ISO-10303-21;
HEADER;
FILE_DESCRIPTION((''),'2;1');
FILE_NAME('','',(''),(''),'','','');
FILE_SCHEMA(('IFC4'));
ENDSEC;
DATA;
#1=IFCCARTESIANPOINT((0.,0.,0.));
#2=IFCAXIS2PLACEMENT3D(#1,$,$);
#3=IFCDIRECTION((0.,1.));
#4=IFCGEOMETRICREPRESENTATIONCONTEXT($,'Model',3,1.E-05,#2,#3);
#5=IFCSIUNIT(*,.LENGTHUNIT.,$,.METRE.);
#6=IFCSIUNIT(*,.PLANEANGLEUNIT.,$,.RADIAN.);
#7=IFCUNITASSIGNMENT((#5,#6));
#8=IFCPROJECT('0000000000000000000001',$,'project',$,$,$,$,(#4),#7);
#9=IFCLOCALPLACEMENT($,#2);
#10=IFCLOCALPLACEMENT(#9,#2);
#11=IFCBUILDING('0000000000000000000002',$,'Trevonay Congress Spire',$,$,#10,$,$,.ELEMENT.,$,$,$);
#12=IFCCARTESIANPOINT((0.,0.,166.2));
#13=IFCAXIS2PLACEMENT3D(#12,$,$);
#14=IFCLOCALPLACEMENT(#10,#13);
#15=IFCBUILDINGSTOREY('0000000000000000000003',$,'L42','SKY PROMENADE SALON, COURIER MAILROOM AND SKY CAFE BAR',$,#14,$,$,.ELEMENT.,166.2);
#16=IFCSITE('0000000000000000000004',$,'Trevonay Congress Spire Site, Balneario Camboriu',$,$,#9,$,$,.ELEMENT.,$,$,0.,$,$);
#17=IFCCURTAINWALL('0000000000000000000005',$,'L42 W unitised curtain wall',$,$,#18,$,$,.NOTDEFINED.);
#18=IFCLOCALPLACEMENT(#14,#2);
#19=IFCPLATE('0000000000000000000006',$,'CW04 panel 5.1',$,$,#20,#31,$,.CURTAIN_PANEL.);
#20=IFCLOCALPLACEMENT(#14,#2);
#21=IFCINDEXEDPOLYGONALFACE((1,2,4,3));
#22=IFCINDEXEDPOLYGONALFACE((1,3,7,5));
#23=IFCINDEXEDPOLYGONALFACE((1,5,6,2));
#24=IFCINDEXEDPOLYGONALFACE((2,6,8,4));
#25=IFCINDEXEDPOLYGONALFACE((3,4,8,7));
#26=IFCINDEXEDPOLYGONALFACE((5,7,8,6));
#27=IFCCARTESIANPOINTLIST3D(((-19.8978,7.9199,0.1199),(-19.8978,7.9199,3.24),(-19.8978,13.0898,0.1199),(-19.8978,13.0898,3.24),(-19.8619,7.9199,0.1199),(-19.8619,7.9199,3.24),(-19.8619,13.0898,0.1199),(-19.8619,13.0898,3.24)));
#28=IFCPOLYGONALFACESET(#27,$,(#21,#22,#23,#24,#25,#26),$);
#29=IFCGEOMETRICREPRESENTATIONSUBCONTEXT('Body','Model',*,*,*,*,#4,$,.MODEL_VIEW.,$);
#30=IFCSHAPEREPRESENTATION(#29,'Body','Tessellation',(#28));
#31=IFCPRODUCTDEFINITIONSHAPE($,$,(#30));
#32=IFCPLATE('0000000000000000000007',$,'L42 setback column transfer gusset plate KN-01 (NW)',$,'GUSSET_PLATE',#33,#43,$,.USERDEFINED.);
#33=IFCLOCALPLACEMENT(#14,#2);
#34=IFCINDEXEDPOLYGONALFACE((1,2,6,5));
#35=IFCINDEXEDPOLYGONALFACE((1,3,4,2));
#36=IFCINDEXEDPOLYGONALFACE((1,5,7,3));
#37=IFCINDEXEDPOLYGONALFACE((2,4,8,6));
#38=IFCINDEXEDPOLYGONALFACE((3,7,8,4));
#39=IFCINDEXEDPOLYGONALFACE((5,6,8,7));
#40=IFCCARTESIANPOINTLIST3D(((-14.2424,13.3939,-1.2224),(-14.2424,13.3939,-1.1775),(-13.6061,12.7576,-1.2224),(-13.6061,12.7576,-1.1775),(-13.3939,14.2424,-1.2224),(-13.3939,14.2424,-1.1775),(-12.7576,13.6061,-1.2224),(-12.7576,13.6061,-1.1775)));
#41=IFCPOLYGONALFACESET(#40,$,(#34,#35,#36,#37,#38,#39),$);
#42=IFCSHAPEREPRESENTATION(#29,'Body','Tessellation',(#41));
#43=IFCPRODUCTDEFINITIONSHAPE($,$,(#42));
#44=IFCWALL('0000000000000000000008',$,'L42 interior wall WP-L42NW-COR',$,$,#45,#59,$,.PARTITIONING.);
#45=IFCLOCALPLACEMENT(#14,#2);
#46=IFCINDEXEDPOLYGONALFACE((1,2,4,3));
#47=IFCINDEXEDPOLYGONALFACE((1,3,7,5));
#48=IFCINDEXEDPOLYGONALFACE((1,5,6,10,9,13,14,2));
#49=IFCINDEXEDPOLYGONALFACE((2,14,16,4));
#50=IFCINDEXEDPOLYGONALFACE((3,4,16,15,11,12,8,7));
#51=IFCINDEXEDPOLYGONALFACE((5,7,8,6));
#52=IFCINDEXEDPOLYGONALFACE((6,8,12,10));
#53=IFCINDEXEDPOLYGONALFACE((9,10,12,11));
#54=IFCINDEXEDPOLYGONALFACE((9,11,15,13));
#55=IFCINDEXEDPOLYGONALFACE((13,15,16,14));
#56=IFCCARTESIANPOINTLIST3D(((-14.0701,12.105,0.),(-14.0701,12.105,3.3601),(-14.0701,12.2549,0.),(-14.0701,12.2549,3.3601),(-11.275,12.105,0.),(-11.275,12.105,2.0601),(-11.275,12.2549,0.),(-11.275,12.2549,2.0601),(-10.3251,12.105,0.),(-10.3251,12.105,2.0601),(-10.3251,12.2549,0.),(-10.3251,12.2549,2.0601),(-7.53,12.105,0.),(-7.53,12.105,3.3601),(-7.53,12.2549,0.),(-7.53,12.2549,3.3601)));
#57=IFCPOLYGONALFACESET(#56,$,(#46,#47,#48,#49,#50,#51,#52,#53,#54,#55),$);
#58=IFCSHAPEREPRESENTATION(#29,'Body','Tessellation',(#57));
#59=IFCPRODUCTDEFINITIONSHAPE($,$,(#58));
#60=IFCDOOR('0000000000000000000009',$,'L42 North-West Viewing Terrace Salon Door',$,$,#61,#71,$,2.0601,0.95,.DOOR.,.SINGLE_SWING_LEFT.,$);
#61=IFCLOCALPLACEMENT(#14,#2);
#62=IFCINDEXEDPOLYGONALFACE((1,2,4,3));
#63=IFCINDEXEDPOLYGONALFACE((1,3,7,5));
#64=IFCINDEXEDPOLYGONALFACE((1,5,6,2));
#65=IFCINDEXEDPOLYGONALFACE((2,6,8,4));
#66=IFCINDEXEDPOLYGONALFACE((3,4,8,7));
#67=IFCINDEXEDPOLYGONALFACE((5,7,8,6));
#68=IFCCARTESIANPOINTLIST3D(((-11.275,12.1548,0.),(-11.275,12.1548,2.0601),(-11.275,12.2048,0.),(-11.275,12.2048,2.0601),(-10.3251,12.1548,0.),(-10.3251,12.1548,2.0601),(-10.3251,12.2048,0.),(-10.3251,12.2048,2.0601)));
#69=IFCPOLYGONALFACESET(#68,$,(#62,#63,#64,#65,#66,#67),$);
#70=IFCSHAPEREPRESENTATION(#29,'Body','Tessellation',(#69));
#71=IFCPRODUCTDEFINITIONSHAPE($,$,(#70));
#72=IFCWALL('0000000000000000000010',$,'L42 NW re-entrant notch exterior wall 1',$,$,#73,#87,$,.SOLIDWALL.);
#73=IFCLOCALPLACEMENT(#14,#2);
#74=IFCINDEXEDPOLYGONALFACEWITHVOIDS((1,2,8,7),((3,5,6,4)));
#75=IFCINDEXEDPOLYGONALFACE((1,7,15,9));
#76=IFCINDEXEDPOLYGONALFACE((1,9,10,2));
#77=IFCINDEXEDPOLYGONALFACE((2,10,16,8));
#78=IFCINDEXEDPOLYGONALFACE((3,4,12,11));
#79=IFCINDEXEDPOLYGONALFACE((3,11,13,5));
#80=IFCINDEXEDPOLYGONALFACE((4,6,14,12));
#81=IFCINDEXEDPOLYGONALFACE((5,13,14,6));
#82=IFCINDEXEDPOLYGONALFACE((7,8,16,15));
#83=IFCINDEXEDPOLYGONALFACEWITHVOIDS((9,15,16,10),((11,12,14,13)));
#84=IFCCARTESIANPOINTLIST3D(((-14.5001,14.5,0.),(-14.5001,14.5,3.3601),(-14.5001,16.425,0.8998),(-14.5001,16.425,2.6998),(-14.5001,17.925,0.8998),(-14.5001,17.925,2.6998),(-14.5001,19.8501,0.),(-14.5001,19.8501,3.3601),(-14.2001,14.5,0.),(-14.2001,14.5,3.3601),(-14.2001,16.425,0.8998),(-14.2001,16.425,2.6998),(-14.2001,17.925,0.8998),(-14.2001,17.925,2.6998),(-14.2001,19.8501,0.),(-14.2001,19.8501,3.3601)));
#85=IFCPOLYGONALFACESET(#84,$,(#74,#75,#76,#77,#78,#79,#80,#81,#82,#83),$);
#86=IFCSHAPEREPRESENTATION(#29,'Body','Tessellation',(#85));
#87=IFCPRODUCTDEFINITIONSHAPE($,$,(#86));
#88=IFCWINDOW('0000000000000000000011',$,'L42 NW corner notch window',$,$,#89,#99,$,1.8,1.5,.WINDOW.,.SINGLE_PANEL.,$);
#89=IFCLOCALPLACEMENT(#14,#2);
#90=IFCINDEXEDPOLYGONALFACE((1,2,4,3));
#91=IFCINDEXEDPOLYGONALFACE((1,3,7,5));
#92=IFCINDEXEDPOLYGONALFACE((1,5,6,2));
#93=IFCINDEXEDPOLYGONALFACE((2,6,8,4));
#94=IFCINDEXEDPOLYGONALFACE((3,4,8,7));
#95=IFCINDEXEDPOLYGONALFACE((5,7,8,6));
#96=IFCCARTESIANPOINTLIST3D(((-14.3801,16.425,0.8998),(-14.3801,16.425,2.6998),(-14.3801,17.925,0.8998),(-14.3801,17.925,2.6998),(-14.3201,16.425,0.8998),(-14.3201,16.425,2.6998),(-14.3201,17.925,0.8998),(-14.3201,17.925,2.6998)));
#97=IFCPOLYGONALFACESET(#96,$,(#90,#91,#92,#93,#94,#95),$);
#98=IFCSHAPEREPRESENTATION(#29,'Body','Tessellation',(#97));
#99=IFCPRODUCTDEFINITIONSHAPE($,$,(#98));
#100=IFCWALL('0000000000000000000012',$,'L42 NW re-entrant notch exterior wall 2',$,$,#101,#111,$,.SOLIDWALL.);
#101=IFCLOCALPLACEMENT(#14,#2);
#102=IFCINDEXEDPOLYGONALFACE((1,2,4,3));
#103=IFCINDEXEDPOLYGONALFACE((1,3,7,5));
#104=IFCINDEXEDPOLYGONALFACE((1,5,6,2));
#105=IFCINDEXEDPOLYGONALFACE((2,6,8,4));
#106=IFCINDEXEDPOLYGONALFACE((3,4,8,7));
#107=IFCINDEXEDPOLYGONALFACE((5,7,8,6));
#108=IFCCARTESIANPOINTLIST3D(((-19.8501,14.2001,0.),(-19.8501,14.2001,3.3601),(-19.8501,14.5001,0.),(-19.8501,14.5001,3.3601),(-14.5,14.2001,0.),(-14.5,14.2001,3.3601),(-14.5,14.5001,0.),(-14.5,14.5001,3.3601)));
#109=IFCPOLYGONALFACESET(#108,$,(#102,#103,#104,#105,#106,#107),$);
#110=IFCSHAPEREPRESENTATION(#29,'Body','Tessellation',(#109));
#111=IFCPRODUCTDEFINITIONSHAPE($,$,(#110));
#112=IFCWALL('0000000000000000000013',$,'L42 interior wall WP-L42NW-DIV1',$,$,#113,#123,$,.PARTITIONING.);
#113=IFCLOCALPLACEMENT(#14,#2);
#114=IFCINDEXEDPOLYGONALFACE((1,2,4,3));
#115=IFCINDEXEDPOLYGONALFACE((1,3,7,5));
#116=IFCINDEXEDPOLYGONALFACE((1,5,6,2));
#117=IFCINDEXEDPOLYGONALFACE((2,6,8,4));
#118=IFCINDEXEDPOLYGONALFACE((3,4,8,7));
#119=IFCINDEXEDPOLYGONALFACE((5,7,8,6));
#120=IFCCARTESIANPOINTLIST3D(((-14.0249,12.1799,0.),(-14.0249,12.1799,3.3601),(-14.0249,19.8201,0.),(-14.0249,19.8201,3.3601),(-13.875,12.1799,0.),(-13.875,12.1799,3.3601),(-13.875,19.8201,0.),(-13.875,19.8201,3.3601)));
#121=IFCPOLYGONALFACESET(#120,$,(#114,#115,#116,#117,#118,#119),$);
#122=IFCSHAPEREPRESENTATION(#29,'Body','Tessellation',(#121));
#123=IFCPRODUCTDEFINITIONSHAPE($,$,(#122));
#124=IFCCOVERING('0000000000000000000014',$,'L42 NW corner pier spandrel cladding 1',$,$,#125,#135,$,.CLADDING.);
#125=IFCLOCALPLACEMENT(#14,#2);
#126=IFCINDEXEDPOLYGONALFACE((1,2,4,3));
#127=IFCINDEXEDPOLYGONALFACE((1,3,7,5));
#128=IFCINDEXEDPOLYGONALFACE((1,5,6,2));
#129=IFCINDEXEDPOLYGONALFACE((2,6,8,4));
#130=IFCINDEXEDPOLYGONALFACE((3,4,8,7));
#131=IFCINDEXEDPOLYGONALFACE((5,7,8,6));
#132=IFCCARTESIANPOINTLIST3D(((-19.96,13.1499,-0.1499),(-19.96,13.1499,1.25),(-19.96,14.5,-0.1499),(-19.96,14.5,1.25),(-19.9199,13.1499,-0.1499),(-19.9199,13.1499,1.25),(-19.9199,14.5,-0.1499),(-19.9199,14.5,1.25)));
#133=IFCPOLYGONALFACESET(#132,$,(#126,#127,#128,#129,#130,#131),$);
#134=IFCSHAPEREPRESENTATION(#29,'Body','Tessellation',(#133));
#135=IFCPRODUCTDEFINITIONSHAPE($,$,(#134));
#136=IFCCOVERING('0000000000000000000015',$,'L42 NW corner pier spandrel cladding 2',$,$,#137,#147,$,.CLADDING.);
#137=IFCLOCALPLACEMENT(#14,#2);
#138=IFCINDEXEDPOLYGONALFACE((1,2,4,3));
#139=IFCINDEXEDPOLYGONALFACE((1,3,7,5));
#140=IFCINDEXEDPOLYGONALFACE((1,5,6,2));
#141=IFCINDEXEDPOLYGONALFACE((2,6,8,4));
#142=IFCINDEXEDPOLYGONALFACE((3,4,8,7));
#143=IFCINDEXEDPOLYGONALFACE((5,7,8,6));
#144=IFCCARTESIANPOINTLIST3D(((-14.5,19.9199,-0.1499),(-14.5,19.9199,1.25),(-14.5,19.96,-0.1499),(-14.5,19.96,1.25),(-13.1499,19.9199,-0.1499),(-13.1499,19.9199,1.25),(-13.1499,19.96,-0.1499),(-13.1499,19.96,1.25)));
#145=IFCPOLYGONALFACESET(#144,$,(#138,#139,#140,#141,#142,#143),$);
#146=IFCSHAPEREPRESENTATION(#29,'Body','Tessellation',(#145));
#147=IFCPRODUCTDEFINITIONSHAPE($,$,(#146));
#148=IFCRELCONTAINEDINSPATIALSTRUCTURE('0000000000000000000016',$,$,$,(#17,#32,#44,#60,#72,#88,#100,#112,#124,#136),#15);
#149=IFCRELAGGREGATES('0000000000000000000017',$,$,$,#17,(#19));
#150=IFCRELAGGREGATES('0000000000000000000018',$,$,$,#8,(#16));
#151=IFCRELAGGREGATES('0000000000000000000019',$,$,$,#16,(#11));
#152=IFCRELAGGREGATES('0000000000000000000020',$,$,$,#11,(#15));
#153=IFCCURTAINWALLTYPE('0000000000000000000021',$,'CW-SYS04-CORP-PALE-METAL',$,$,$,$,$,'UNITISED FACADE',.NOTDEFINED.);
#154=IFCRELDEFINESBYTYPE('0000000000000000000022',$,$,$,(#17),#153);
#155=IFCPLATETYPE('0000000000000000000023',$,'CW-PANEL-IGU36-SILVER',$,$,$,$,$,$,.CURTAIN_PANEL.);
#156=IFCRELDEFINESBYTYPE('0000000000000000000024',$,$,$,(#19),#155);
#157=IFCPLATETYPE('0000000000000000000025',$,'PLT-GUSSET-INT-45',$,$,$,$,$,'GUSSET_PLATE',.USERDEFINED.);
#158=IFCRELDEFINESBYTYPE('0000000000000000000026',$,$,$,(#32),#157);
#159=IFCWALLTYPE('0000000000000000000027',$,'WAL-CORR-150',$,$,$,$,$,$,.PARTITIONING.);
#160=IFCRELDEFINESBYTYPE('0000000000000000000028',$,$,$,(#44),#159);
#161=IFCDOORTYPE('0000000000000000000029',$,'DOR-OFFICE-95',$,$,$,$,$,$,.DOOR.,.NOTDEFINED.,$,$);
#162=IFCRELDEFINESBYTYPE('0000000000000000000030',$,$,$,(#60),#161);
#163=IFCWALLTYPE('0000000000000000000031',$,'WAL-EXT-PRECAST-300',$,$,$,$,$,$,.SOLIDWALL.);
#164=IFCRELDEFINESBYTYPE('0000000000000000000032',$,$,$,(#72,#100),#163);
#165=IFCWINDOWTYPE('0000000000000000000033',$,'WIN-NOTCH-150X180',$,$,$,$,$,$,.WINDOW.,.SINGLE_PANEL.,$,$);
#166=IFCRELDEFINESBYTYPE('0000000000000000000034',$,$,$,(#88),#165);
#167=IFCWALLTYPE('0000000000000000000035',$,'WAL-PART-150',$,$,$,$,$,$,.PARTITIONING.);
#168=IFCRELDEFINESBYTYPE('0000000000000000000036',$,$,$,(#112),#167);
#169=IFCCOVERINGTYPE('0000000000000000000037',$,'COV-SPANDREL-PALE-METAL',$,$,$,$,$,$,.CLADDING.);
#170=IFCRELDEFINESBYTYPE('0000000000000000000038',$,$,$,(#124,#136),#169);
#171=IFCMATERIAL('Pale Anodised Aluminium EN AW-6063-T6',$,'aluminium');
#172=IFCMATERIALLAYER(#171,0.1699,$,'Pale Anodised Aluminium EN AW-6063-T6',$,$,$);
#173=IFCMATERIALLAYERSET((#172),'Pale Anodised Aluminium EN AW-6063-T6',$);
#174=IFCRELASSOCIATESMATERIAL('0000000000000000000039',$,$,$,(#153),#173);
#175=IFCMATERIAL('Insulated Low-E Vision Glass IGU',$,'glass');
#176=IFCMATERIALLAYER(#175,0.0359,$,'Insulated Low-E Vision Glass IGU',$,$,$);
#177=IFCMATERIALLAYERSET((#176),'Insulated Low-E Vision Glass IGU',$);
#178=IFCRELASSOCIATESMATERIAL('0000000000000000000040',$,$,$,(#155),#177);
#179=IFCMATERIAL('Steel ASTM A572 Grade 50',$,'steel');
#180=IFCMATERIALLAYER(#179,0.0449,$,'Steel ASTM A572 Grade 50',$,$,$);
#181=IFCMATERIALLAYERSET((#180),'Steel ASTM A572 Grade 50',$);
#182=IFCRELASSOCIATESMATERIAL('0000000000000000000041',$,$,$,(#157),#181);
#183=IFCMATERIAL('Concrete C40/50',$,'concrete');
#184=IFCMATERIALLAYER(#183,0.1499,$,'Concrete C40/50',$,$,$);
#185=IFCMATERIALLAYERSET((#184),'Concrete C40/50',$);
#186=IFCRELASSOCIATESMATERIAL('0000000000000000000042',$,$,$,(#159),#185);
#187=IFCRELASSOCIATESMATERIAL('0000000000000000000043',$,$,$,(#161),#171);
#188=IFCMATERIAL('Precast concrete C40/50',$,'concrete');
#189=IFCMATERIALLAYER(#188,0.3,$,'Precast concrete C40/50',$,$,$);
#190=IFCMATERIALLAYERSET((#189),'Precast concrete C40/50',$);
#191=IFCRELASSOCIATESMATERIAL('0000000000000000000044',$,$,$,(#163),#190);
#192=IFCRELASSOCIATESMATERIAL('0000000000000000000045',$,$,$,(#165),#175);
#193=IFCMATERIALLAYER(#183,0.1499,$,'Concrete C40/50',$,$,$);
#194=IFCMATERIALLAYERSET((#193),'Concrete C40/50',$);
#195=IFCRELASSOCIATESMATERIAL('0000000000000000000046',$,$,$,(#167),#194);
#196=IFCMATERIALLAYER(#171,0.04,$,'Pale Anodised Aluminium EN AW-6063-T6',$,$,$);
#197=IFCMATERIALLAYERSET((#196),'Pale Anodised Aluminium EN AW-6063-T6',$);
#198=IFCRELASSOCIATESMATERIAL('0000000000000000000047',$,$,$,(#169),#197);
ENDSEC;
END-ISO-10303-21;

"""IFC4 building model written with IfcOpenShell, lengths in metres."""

from ifc_helpers import new_model, si_unit, direction, frame, frame_2d, origin, origin_2d, place, context, subcontext, project, spatial, rectangle, extrude, material, layer, layer_set, type_object, element, fill, aggregate, save


model = new_model("IFC4")

# Units and contexts
model_context = context("Model", 3, precision=1e-05, world=origin(), true_north=direction((0.0, 1.0)))
body_context = subcontext(model_context, "Body", "Model", "MODEL_VIEW")
ifc_project = project(units=[si_unit("LENGTHUNIT", "METRE"), si_unit("PLANEANGLEUNIT", "RADIAN")], contexts=[model_context])

# Site, building, storey
site_placement = place(None, origin())
site = spatial("IfcSite", under=ifc_project, at=site_placement, Name="Trevonay Congress Spire Site, Balneario Camboriu", CompositionType="ELEMENT", RefElevation=0.0)
building_placement = place(site_placement, origin())
building = spatial("IfcBuilding", under=site, at=building_placement, Name="Trevonay Congress Spire", CompositionType="ELEMENT")
storey_placement = place(building_placement, frame((0.0, 0.0, 166.2)))
storey = spatial("IfcBuildingStorey", under=building, at=storey_placement, Name="L42", Description="SKY PROMENADE SALON, COURIER MAILROOM AND SKY CAFE BAR", CompositionType="ELEMENT", Elevation=166.2)

# Shared definitions
ifc_material_1 = material(Name="Steel ASTM A572 Grade 50", Category="steel")

# Curtain wall, plate
ifc_material_2 = material(Name="Pale Anodised Aluminium EN AW-6063-T6", Category="aluminium")
ifc_layer_1 = layer(ifc_material_2, 0.1699, Name="Pale Anodised Aluminium EN AW-6063-T6")
ifc_layer_set_1 = layer_set([ifc_layer_1], Name="Pale Anodised Aluminium EN AW-6063-T6")
curtain_wall_type = type_object("IfcCurtainWallType", Name="CW-SYS04-CORP-PALE-METAL", ElementType="UNITISED FACADE", PredefinedType="NOTDEFINED", material=ifc_layer_set_1)
curtain_wall_placement = place(storey_placement, origin())
curtain_wall = element("IfcCurtainWall", 1, at=curtain_wall_placement, inside=storey, type_object=curtain_wall_type, Name="L42 W unitised curtain wall", PredefinedType="NOTDEFINED")
ifc_material_3 = material(Name="Insulated Low-E Vision Glass IGU", Category="glass")
ifc_layer_2 = layer(ifc_material_3, 0.0359, Name="Insulated Low-E Vision Glass IGU")
ifc_layer_set_2 = layer_set([ifc_layer_2], Name="Insulated Low-E Vision Glass IGU")
plate_type_1 = type_object("IfcPlateType", Name="CW-PANEL-IGU36-SILVER", PredefinedType="CURTAIN_PANEL", material=ifc_layer_set_2)
plate_1_placement = place(storey_placement, frame((-19.8799, 10.5049, 0.1199), z_axis=(0.0, 0.0, 1.0), x_axis=(0.0, 1.0, 0.0)))
plate_1 = element("IfcPlate", 2, at=plate_1_placement, type_object=plate_type_1, Name="CW04 panel 5.1", PredefinedType="CURTAIN_PANEL", context=body_context, shape_type="SweptSolid", body=[
    extrude(rectangle(XDim=5.1699, YDim=0.0359, at=origin_2d()), origin(), (0.0, 0.0, 1.0), 3.1201),
])
aggregate(curtain_wall, [plate_1])

# Plate
ifc_layer_3 = layer(ifc_material_1, 0.0449, Name="Steel ASTM A572 Grade 50")
ifc_layer_set_3 = layer_set([ifc_layer_3], Name="Steel ASTM A572 Grade 50")
plate_type_2 = type_object("IfcPlateType", Name="PLT-GUSSET-INT-45", ElementType="GUSSET_PLATE", PredefinedType="USERDEFINED", material=ifc_layer_set_3)
plate_2_placement = place(storey_placement, frame((-13.5, 13.5, -1.2224), z_axis=(0.0, 0.0, 1.0), x_axis=(0.707107, 0.707107, 0.0)))
element("IfcPlate", 3, at=plate_2_placement, inside=storey, type_object=plate_type_2, Name="L42 setback column transfer gusset plate KN-01 (NW)", ObjectType="GUSSET_PLATE", PredefinedType="USERDEFINED", context=body_context, shape_type="SweptSolid", body=[
    extrude(rectangle(XDim=1.2, YDim=0.8999, at=origin_2d()), origin(), (0.0, 0.0, 1.0), 0.0449),
])

# Wall, opening, door
ifc_material_4 = material(Name="Concrete C40/50", Category="concrete")
ifc_layer_4 = layer(ifc_material_4, 0.1499, Name="Concrete C40/50")
ifc_layer_set_4 = layer_set([ifc_layer_4], Name="Concrete C40/50")
wall_type_1 = type_object("IfcWallType", Name="WAL-CORR-150", PredefinedType="PARTITIONING", material=ifc_layer_set_4)
wall_1_placement = place(storey_placement, frame((-14.0701, 12.1799, 0.0), z_axis=(0.0, 0.0, 1.0), x_axis=(1.0, 0.0, 0.0)))
wall_1 = element("IfcWall", 4, at=wall_1_placement, inside=storey, type_object=wall_type_1, Name="L42 interior wall WP-L42NW-COR", PredefinedType="PARTITIONING", context=body_context, shape_type="SweptSolid", body=[
    extrude(rectangle(XDim=6.54, YDim=0.1499, at=frame_2d((3.27, 0.0))), origin(), (0.0, 0.0, 1.0), 3.3601),
])
opening_1_placement = place(wall_1_placement, frame((2.7949, 0.0, 0.0)))
opening_1 = element("IfcOpeningElement", 5, at=opening_1_placement, cuts=wall_1, PredefinedType="OPENING", context=body_context, shape_type="SweptSolid", body=[
    extrude(rectangle(XDim=0.95, YDim=2.0601, at=frame_2d((0.4751, 1.03))), frame((0.0, 0.085, 0.0), z_axis=(0.0, -1.0, 0.0), x_axis=(1.0, 0.0, 0.0)), (0.0, 0.0, 1.0), 0.1699),
])
door_type = type_object("IfcDoorType", Name="DOR-OFFICE-95", OperationType="NOTDEFINED", PredefinedType="DOOR", material=ifc_material_2)
door_placement = place(opening_1_placement, origin())
door = element("IfcDoor", 6, at=door_placement, inside=storey, type_object=door_type, Name="L42 North-West Viewing Terrace Salon Door", OperationType="SINGLE_SWING_LEFT", OverallHeight=2.0601, OverallWidth=0.95, PredefinedType="DOOR", context=body_context, shape_type="SweptSolid", body=[
    extrude(rectangle(XDim=0.95, YDim=2.0601, at=frame_2d((0.4751, 1.03))), frame((0.0, 0.0249, 0.0), z_axis=(0.0, -1.0, 0.0), x_axis=(1.0, 0.0, 0.0)), (0.0, 0.0, 1.0), 0.05),
])
fill(opening_1, door)

# Wall, opening, window
ifc_material_5 = material(Name="Precast concrete C40/50", Category="concrete")
ifc_layer_5 = layer(ifc_material_5, 0.3, Name="Precast concrete C40/50")
ifc_layer_set_5 = layer_set([ifc_layer_5], Name="Precast concrete C40/50")
wall_type_2 = type_object("IfcWallType", Name="WAL-EXT-PRECAST-300", PredefinedType="SOLIDWALL", material=ifc_layer_set_5)
wall_2_placement = place(storey_placement, frame((-14.3501, 19.8501, 0.0), z_axis=(0.0, 0.0, 1.0), x_axis=(0.0, -1.0, 0.0)))
wall_2 = element("IfcWall", 7, at=wall_2_placement, inside=storey, type_object=wall_type_2, Name="L42 NW re-entrant notch exterior wall 1", PredefinedType="SOLIDWALL", context=body_context, shape_type="SweptSolid", body=[
    extrude(rectangle(XDim=5.3501, YDim=0.3, at=frame_2d((2.675, 0.0))), origin(), (0.0, 0.0, 1.0), 3.3601),
])
opening_2_placement = place(wall_2_placement, frame((1.925, 0.0, 0.8999)))
opening_2 = element("IfcOpeningElement", 8, at=opening_2_placement, cuts=wall_2, PredefinedType="OPENING", context=body_context, shape_type="SweptSolid", body=[
    extrude(rectangle(XDim=1.5, YDim=1.8, at=frame_2d((0.75, 0.8999))), frame((0.0, 0.1602, 0.0), z_axis=(0.0, -1.0, 0.0), x_axis=(1.0, 0.0, 0.0)), (0.0, 0.0, 1.0), 0.3201),
])
window_type = type_object("IfcWindowType", Name="WIN-NOTCH-150X180", PartitioningType="SINGLE_PANEL", PredefinedType="WINDOW", material=ifc_material_3)
window_placement = place(opening_2_placement, origin())
window = element("IfcWindow", 9, at=window_placement, inside=storey, type_object=window_type, Name="L42 NW corner notch window", OverallHeight=1.8, OverallWidth=1.5, PartitioningType="SINGLE_PANEL", PredefinedType="WINDOW", context=body_context, shape_type="SweptSolid", body=[
    extrude(rectangle(XDim=1.5, YDim=1.8, at=frame_2d((0.75, 0.8999))), frame((0.0, 0.03, 0.0), z_axis=(0.0, -1.0, 0.0), x_axis=(1.0, 0.0, 0.0)), (0.0, 0.0, 1.0), 0.0601),
])
fill(opening_2, window)

# Walls
wall_3_placement = place(storey_placement, frame((-19.8501, 14.3501, 0.0), z_axis=(0.0, 0.0, 1.0), x_axis=(1.0, 0.0, 0.0)))
element("IfcWall", 10, at=wall_3_placement, inside=storey, type_object=wall_type_2, Name="L42 NW re-entrant notch exterior wall 2", PredefinedType="SOLIDWALL", context=body_context, shape_type="SweptSolid", body=[
    extrude(rectangle(XDim=5.3501, YDim=0.3, at=frame_2d((2.675, 0.0))), origin(), (0.0, 0.0, 1.0), 3.3601),
])
ifc_layer_6 = layer(ifc_material_4, 0.1499, Name="Concrete C40/50")
ifc_layer_set_6 = layer_set([ifc_layer_6], Name="Concrete C40/50")
wall_type_3 = type_object("IfcWallType", Name="WAL-PART-150", PredefinedType="PARTITIONING", material=ifc_layer_set_6)
wall_4_placement = place(storey_placement, frame((-13.95, 12.1799, 0.0), z_axis=(0.0, 0.0, 1.0), x_axis=(0.0, 1.0, 0.0)))
element("IfcWall", 11, at=wall_4_placement, inside=storey, type_object=wall_type_3, Name="L42 interior wall WP-L42NW-DIV1", PredefinedType="PARTITIONING", context=body_context, shape_type="SweptSolid", body=[
    extrude(rectangle(XDim=7.6401, YDim=0.1499, at=frame_2d((3.8201, 0.0))), origin(), (0.0, 0.0, 1.0), 3.3601),
])

# Coverings
ifc_layer_7 = layer(ifc_material_2, 0.04, Name="Pale Anodised Aluminium EN AW-6063-T6")
ifc_layer_set_7 = layer_set([ifc_layer_7], Name="Pale Anodised Aluminium EN AW-6063-T6")
covering_type = type_object("IfcCoveringType", Name="COV-SPANDREL-PALE-METAL", PredefinedType="CLADDING", material=ifc_layer_set_7)
for number, where, z_axis, x_axis, name in (
    (12, (-19.9399, 13.1499, -0.1499), (0.0, 0.0, 1.0), (0.0, 1.0, 0.0), "L42 NW corner pier spandrel cladding 1"),
    (13, (-13.1499, 19.9399, -0.1499), (0.0, 0.0, 1.0), (-1.0, 0.0, 0.0), "L42 NW corner pier spandrel cladding 2"),
):
    element("IfcCovering", number, at=place(storey_placement, frame(where, z_axis=z_axis, x_axis=x_axis)), inside=storey, type_object=covering_type, Name=name, PredefinedType="CLADDING", context=body_context, shape_type="SweptSolid", body=[
        extrude(rectangle(XDim=1.3501, YDim=0.04, at=frame_2d((0.675, 0.0))), origin(), (0.0, 0.0, 1.0), 1.3999),
    ])

save(model, "model.ifc")
